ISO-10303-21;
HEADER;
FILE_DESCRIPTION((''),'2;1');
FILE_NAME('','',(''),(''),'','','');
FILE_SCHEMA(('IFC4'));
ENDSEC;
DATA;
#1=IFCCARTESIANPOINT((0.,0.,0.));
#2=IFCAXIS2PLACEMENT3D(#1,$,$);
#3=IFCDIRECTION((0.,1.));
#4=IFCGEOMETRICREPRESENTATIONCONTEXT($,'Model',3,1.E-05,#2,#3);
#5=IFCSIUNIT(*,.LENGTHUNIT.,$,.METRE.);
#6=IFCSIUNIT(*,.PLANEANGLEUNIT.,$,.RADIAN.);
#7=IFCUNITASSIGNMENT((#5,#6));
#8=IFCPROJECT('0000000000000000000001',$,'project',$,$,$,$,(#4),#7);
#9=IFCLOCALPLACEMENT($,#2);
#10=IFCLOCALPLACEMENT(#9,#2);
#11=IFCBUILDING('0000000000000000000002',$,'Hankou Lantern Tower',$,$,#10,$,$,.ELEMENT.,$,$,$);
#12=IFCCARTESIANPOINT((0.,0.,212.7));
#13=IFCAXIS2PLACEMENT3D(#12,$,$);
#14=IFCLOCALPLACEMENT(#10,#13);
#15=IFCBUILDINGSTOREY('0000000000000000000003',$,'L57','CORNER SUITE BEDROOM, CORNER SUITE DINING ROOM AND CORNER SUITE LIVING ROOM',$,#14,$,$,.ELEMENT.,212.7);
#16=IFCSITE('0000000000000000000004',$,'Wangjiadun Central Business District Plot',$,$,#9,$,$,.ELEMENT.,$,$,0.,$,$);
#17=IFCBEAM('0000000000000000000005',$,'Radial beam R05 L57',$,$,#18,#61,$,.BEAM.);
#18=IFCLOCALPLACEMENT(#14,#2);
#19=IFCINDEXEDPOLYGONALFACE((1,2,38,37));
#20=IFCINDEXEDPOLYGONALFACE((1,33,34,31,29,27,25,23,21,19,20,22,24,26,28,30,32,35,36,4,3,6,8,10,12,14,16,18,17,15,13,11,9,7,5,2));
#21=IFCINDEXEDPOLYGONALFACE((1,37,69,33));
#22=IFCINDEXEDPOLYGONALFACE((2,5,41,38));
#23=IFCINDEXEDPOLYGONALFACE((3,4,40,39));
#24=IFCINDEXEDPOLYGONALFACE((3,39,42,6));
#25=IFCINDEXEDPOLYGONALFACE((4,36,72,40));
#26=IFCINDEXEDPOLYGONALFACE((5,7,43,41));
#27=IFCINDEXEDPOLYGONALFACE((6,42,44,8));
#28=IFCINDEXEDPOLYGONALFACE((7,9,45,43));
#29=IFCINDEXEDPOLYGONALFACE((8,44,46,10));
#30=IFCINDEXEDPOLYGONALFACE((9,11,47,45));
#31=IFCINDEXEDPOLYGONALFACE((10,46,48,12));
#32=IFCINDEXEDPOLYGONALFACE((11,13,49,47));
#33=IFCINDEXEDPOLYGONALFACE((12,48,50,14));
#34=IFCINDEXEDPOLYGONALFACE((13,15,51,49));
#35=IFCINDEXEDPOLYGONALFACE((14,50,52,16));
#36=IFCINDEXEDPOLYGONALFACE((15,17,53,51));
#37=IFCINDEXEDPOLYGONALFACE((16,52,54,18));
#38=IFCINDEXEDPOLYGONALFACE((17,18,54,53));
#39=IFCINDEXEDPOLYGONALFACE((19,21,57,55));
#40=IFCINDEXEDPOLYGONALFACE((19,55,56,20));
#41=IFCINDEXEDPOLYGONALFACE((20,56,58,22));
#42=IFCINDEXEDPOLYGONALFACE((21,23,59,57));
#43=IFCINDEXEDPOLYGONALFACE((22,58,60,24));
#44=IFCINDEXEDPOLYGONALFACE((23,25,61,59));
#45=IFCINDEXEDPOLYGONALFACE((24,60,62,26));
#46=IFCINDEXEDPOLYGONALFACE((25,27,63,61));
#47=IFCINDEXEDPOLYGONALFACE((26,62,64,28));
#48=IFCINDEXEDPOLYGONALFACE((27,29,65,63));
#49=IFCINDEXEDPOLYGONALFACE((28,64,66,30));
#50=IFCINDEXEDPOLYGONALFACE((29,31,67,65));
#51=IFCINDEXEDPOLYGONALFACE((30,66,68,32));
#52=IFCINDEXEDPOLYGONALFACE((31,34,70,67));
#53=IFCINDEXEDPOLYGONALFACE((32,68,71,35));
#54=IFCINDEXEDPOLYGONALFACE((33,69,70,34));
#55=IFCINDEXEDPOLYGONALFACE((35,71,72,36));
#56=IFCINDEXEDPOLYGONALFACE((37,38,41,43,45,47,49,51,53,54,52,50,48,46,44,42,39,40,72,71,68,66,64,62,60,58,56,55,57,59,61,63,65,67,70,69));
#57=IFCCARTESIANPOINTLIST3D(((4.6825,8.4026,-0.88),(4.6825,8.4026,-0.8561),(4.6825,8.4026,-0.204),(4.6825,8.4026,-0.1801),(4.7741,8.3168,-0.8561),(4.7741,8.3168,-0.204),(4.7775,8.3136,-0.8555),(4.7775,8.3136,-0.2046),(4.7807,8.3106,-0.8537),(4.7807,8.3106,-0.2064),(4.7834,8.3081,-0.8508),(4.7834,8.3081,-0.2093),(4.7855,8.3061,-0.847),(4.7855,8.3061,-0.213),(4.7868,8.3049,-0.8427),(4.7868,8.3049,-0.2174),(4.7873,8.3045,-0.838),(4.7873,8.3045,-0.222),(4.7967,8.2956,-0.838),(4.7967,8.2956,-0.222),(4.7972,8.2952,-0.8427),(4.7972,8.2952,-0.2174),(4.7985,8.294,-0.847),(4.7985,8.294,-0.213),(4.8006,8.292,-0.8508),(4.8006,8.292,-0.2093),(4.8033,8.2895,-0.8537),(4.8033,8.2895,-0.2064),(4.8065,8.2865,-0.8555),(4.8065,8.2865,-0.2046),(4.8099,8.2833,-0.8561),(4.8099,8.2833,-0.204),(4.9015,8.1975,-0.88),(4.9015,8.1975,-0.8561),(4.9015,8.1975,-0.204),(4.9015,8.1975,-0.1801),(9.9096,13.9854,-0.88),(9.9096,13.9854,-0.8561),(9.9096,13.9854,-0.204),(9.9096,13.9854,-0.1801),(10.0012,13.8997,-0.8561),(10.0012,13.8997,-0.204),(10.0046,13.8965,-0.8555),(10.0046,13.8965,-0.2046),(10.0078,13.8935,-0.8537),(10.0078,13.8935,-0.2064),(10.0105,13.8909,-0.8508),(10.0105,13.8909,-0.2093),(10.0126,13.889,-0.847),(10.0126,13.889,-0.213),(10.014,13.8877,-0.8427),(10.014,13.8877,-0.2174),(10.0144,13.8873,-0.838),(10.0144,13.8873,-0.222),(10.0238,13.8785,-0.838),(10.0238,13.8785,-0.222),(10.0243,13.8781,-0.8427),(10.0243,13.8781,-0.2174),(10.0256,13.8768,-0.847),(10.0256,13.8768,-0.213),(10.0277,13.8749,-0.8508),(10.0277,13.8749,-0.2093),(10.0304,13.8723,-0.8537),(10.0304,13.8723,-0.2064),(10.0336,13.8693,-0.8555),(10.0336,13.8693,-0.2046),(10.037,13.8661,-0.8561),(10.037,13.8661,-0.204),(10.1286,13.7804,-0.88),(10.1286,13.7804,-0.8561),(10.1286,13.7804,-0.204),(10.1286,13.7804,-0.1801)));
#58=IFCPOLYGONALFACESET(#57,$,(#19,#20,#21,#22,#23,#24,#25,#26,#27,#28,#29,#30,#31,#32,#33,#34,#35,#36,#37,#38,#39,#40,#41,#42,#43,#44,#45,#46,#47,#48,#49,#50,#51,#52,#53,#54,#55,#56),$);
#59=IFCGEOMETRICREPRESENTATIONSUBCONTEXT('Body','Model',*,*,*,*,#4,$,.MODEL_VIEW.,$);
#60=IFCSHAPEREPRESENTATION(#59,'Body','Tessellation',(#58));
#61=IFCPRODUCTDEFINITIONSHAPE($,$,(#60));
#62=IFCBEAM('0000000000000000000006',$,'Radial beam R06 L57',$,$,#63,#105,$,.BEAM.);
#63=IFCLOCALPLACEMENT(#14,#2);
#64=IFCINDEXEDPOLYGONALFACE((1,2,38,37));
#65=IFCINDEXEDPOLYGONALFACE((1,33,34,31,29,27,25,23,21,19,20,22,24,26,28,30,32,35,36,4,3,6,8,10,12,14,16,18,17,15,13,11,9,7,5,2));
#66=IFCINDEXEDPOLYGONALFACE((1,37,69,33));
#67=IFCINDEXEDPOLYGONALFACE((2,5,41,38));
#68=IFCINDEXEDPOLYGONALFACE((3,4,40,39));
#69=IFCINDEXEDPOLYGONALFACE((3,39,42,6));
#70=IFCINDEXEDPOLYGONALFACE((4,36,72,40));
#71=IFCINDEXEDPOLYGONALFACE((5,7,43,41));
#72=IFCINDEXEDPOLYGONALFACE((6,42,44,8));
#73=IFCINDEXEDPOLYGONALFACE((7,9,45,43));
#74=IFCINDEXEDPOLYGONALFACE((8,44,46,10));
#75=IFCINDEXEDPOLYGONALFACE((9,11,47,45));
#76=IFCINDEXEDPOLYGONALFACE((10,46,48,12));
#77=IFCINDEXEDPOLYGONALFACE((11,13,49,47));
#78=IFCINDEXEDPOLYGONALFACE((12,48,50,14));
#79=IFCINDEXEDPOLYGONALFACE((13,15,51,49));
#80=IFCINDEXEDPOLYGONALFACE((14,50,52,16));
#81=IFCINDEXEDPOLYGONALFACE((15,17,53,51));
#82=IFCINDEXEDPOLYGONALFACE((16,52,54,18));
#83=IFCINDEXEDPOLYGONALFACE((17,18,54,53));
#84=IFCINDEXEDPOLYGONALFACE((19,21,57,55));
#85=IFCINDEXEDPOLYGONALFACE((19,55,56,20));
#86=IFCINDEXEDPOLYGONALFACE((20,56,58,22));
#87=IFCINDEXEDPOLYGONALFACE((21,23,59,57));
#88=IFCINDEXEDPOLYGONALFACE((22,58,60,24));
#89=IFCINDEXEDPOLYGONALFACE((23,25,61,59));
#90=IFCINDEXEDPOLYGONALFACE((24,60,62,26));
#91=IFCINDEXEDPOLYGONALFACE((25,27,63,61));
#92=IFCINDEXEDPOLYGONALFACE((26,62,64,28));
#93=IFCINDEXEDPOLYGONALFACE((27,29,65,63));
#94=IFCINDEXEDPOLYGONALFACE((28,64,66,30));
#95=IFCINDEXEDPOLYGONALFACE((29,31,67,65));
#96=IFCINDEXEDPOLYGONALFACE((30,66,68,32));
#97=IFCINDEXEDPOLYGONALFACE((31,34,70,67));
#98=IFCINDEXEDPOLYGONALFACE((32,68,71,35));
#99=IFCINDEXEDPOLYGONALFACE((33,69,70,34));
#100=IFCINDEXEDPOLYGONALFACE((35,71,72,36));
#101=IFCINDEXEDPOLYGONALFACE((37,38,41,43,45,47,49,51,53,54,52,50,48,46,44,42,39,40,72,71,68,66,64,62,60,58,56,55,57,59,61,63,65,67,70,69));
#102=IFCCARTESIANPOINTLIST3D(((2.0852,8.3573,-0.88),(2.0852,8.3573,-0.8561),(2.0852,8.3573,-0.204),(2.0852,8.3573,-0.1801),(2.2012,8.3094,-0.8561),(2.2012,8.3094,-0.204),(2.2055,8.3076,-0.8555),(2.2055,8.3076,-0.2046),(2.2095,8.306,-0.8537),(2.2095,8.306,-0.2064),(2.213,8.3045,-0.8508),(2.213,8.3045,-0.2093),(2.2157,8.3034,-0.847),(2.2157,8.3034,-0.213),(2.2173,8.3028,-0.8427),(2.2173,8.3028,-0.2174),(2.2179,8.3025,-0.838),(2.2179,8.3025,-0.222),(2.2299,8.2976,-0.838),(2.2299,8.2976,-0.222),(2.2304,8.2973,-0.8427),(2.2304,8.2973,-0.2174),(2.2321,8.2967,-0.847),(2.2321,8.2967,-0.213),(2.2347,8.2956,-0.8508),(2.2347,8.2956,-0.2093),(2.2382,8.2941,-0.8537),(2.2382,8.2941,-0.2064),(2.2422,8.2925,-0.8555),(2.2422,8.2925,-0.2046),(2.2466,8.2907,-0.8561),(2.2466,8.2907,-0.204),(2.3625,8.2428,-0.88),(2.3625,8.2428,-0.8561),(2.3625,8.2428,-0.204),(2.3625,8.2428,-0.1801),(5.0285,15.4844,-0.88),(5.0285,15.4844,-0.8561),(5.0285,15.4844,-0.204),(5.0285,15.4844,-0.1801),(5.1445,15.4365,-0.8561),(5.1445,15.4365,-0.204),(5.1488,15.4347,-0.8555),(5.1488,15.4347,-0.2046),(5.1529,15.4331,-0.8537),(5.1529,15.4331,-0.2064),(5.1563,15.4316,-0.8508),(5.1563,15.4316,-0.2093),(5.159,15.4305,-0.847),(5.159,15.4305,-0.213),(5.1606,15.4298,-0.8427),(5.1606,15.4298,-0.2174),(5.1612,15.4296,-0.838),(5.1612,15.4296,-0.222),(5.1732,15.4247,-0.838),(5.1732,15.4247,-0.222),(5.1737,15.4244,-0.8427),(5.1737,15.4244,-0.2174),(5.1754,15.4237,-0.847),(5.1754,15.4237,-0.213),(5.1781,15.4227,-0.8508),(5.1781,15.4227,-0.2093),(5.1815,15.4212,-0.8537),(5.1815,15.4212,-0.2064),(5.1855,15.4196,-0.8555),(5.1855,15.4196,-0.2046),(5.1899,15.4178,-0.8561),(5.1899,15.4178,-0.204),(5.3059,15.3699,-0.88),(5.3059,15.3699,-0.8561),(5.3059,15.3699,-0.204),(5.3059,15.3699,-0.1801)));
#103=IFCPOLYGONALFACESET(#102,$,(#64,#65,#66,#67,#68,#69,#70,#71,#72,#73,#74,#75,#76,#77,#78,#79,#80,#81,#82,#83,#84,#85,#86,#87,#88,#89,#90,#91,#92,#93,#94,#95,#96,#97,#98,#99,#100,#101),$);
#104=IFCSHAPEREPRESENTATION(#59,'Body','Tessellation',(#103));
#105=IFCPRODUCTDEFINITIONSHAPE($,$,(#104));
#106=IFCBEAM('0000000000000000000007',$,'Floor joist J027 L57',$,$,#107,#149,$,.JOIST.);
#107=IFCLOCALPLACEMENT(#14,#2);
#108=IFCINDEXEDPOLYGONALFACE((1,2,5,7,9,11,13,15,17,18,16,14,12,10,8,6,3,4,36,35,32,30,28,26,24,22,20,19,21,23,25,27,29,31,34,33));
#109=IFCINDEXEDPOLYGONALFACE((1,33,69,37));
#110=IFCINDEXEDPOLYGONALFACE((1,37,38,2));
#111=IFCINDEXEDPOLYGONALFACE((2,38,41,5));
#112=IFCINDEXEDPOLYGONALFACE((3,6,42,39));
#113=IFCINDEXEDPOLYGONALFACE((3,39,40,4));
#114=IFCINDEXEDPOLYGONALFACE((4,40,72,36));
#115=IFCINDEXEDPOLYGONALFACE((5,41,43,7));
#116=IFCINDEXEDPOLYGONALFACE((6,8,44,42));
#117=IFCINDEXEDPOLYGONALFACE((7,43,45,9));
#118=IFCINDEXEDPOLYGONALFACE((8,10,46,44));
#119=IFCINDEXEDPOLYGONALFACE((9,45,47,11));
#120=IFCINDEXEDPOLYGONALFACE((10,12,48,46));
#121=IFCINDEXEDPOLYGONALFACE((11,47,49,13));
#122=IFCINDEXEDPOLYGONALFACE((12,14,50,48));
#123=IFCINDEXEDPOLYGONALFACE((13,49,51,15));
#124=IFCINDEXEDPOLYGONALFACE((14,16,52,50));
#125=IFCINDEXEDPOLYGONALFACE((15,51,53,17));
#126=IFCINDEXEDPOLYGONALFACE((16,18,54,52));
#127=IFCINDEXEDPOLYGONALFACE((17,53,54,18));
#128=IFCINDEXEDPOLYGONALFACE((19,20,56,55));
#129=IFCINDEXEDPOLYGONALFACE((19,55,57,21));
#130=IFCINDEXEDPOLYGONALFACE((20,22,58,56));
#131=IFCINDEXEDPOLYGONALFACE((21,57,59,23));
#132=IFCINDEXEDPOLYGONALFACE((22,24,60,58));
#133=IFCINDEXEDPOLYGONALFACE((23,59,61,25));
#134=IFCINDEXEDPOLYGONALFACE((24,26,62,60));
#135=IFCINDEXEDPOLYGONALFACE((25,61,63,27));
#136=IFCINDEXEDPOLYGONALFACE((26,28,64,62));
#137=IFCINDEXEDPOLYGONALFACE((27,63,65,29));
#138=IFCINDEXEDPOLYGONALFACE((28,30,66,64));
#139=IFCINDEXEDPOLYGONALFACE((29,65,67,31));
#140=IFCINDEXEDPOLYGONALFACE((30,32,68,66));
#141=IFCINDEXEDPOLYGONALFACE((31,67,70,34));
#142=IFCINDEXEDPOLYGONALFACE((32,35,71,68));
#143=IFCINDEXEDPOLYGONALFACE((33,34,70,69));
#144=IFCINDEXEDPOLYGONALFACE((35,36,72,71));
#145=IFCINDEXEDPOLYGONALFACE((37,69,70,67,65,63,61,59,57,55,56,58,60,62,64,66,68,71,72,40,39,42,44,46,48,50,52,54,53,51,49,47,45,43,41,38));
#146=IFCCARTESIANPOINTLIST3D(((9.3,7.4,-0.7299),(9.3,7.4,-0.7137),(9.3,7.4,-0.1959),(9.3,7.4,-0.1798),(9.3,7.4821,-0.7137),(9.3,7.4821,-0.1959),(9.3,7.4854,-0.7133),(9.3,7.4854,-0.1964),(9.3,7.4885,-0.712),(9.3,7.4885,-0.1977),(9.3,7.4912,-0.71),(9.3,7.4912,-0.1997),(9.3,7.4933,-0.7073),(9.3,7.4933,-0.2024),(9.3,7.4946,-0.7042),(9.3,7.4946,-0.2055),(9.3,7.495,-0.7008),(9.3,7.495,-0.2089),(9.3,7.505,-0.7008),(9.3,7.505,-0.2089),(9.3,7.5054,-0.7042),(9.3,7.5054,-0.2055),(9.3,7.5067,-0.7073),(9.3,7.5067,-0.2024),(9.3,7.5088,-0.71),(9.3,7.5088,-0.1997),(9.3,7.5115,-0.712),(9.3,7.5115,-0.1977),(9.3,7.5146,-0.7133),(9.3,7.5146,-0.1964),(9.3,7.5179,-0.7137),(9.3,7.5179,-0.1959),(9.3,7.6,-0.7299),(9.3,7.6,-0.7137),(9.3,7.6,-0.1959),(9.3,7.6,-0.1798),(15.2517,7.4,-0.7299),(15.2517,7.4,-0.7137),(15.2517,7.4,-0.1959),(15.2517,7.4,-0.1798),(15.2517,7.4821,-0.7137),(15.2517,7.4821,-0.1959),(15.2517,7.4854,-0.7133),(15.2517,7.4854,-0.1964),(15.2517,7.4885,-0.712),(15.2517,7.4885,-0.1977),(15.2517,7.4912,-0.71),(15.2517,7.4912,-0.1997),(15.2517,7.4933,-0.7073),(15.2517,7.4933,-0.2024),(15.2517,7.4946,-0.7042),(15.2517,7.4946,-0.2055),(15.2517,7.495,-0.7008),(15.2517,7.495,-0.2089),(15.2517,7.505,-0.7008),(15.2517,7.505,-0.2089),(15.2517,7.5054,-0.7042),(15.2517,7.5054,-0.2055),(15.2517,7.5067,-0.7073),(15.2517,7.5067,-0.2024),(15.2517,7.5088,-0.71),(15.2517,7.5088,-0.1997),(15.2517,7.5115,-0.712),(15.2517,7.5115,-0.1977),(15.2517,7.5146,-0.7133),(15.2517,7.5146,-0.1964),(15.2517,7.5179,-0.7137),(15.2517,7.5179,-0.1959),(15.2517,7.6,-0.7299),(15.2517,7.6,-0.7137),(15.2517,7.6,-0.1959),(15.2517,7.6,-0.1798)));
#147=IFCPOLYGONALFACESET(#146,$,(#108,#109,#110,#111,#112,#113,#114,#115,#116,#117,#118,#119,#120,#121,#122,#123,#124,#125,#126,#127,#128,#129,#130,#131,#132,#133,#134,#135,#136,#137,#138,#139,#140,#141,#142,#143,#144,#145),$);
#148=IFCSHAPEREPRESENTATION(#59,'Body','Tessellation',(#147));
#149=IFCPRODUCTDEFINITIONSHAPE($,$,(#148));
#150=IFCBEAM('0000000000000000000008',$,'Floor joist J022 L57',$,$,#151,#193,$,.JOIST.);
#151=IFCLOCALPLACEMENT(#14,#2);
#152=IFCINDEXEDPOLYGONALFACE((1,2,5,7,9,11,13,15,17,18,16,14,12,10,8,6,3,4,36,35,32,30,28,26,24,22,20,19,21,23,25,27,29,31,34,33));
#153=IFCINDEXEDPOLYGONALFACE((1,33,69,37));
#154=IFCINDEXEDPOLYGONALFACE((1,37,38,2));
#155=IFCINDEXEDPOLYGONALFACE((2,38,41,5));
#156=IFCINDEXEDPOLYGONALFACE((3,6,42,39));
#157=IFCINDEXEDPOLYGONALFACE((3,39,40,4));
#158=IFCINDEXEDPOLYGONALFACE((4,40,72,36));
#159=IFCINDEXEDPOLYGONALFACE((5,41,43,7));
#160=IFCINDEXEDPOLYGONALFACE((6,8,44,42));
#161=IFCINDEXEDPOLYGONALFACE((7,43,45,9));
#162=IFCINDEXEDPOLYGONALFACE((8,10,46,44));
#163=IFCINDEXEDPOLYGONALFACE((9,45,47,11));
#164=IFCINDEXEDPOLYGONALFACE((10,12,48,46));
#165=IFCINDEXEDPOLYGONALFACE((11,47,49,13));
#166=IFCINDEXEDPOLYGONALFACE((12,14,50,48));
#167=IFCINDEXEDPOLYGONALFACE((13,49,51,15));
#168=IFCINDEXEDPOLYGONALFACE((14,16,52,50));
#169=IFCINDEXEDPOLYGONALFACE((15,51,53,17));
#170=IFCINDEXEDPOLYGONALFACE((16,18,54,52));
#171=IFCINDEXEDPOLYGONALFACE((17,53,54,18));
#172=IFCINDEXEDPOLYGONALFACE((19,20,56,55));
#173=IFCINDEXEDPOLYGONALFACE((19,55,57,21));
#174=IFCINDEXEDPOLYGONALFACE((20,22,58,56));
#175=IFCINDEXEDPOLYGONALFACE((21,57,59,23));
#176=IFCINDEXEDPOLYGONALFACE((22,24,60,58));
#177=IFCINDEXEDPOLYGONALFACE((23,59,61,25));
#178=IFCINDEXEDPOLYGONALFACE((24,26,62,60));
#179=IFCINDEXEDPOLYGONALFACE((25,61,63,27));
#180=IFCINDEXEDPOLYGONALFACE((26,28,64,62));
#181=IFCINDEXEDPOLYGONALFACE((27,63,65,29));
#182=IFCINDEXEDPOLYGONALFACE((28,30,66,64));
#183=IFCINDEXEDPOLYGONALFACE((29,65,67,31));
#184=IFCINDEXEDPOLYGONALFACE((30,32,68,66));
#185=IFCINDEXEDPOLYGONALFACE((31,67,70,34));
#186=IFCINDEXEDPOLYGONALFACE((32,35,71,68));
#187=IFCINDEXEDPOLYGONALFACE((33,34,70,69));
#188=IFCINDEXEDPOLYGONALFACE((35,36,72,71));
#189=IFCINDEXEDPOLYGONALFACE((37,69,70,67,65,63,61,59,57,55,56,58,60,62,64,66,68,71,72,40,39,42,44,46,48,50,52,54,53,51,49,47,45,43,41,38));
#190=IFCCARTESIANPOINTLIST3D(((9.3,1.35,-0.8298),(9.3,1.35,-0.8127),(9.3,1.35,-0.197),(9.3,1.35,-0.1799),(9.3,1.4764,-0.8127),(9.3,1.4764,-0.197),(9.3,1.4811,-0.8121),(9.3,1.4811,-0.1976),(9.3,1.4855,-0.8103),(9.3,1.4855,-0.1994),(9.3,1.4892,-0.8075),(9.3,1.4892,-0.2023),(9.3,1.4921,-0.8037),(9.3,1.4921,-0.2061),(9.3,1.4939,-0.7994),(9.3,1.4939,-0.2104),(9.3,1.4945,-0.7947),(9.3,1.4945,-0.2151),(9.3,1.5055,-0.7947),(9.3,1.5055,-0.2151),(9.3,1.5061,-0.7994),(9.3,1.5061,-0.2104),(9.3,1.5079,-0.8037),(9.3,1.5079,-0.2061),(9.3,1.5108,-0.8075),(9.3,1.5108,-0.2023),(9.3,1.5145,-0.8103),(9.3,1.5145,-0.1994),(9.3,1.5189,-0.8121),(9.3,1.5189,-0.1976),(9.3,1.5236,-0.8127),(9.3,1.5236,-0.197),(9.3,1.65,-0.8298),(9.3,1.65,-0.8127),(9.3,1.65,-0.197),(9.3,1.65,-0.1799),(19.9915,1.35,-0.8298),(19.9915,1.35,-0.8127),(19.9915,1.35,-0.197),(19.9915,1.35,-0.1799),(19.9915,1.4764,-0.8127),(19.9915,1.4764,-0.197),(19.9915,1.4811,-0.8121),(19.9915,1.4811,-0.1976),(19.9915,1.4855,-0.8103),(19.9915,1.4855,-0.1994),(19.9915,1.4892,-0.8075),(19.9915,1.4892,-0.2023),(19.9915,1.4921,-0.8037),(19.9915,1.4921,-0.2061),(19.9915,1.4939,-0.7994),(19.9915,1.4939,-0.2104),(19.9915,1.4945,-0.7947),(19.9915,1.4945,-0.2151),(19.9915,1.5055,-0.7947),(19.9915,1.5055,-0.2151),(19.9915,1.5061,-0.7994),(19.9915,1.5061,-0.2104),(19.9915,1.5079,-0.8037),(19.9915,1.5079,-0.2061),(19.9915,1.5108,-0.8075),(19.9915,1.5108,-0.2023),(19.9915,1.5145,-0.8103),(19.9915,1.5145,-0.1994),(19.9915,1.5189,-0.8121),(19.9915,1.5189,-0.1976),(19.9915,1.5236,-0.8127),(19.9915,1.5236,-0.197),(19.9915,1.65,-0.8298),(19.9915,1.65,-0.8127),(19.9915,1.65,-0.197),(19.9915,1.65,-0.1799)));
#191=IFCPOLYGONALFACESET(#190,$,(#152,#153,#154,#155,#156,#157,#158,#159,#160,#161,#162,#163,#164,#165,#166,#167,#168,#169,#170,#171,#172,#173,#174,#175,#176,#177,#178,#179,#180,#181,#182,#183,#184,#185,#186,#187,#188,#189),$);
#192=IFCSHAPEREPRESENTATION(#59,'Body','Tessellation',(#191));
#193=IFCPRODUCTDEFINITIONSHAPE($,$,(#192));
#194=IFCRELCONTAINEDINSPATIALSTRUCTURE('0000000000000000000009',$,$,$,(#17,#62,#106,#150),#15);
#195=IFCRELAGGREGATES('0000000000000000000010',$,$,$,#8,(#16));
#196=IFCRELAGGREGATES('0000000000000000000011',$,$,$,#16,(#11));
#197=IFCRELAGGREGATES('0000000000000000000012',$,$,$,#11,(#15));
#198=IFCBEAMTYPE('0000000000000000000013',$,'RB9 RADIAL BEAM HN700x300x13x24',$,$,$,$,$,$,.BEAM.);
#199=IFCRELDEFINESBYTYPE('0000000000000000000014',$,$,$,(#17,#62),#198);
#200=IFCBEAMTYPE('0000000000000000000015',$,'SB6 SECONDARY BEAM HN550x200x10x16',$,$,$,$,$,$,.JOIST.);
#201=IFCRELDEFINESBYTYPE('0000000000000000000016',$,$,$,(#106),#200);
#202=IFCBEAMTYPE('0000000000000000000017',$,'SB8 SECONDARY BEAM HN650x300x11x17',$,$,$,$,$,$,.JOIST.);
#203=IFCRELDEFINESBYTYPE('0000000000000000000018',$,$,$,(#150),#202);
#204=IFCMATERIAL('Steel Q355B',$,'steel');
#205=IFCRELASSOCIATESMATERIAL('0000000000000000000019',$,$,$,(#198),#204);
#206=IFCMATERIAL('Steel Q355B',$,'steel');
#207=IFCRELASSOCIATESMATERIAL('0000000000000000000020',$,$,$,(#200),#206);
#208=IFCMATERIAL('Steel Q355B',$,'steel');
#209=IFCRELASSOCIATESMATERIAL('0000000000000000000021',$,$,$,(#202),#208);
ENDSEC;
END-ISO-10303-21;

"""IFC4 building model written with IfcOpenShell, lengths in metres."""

from ifc_helpers import new_model, si_unit, direction, frame, origin, origin_2d, place, context, subcontext, project, spatial, i_section, extrude, material, material_profile, profile_set, type_object, element, save


model = new_model("IFC4")

# Units and contexts
model_context = context("Model", 3, precision=1e-05, world=origin(), true_north=direction((0.0, 1.0)))
body_context = subcontext(model_context, "Body", "Model", "MODEL_VIEW")
ifc_project = project(units=[si_unit("LENGTHUNIT", "METRE"), si_unit("PLANEANGLEUNIT", "RADIAN")], contexts=[model_context])

# Site, building, storey
site_placement = place(None, origin())
site = spatial("IfcSite", under=ifc_project, at=site_placement, Name="Wangjiadun Central Business District Plot", CompositionType="ELEMENT", RefElevation=0.0)
building_placement = place(site_placement, origin())
building = spatial("IfcBuilding", under=site, at=building_placement, Name="Hankou Lantern Tower", CompositionType="ELEMENT")
storey_placement = place(building_placement, frame((0.0, 0.0, 212.7)))
storey = spatial("IfcBuildingStorey", under=building, at=storey_placement, Name="L57", Description="CORNER SUITE BEDROOM, CORNER SUITE DINING ROOM AND CORNER SUITE LIVING ROOM", CompositionType="ELEMENT", Elevation=212.7)

# Beams
ifc_material_1 = material(Name="Steel Q355B", Category="steel")
ifc_material_profile_1 = material_profile(ifc_material_1, i_section(OverallWidth=0.3, OverallDepth=0.7, WebThickness=0.0129, FlangeThickness=0.0239, FilletRadius=0.0181, at=origin_2d()), Name="HN700x300x13x24")
ifc_profile_set_1 = profile_set([ifc_material_profile_1], Name="Steel Q355B")
beam_type_1 = type_object("IfcBeamType", Name="RB9 RADIAL BEAM HN700x300x13x24", PredefinedType="BEAM", material=ifc_profile_set_1)
beam_1_placement = place(storey_placement, frame((4.792, 8.3, -0.53), z_axis=(0.683468, 0.72998, 0.0), x_axis=(-0.72998, 0.683468, 0.0)))
element("IfcBeam", 1, at=beam_1_placement, inside=storey, type_object=beam_type_1, Name="Radial beam R05 L57", PredefinedType="BEAM", context=body_context, shape_type="SweptSolid", body=[
    extrude(i_section(OverallWidth=0.3, OverallDepth=0.7, WebThickness=0.0129, FlangeThickness=0.0239, FilletRadius=0.0181, at=origin_2d()), origin(), (0.0, 0.0, 1.0), 7.6479),
])
beam_2_placement = place(storey_placement, frame((2.2239, 8.3, -0.53), z_axis=(0.381707, 0.924284, 0.0), x_axis=(-0.924284, 0.381707, 0.0)))
element("IfcBeam", 2, at=beam_2_placement, inside=storey, type_object=beam_type_1, Name="Radial beam R06 L57", PredefinedType="BEAM", context=body_context, shape_type="SweptSolid", body=[
    extrude(i_section(OverallWidth=0.3, OverallDepth=0.7, WebThickness=0.0129, FlangeThickness=0.0239, FilletRadius=0.0181, at=origin_2d()), origin(), (0.0, 0.0, 1.0), 7.7109),
])
ifc_material_2 = material(Name="Steel Q355B", Category="steel")
ifc_material_profile_2 = material_profile(ifc_material_2, i_section(OverallWidth=0.2, OverallDepth=0.55, WebThickness=0.01, FlangeThickness=0.0161, FilletRadius=0.0129, at=origin_2d()), Name="HN550x200x10x16")
ifc_profile_set_2 = profile_set([ifc_material_profile_2], Name="Steel Q355B")
beam_type_2 = type_object("IfcBeamType", Name="SB6 SECONDARY BEAM HN550x200x10x16", PredefinedType="JOIST", material=ifc_profile_set_2)
beam_3_placement = place(storey_placement, frame((9.3, 7.5, -0.4548), z_axis=(1.0, 0.0, 0.0), x_axis=(0.0, 1.0, 0.0)))
element("IfcBeam", 3, at=beam_3_placement, inside=storey, type_object=beam_type_2, Name="Floor joist J027 L57", PredefinedType="JOIST", context=body_context, shape_type="SweptSolid", body=[
    extrude(i_section(OverallWidth=0.2, OverallDepth=0.55, WebThickness=0.01, FlangeThickness=0.0161, FilletRadius=0.0129, at=origin_2d()), origin(), (0.0, 0.0, 1.0), 5.9517),
])
ifc_material_3 = material(Name="Steel Q355B", Category="steel")
ifc_material_profile_3 = material_profile(ifc_material_3, i_section(OverallWidth=0.3, OverallDepth=0.6499, WebThickness=0.011, FlangeThickness=0.0171, FilletRadius=0.0181, at=origin_2d()), Name="HN650x300x11x17")
ifc_profile_set_3 = profile_set([ifc_material_profile_3], Name="Steel Q355B")
beam_type_3 = type_object("IfcBeamType", Name="SB8 SECONDARY BEAM HN650x300x11x17", PredefinedType="JOIST", material=ifc_profile_set_3)
beam_4_placement = place(storey_placement, frame((9.3, 1.5, -0.5049), z_axis=(1.0, 0.0, 0.0), x_axis=(0.0, 1.0, 0.0)))
element("IfcBeam", 4, at=beam_4_placement, inside=storey, type_object=beam_type_3, Name="Floor joist J022 L57", PredefinedType="JOIST", context=body_context, shape_type="SweptSolid", body=[
    extrude(i_section(OverallWidth=0.3, OverallDepth=0.6499, WebThickness=0.011, FlangeThickness=0.0171, FilletRadius=0.0181, at=origin_2d()), origin(), (0.0, 0.0, 1.0), 10.6914),
])

save(model, "model.ifc")
